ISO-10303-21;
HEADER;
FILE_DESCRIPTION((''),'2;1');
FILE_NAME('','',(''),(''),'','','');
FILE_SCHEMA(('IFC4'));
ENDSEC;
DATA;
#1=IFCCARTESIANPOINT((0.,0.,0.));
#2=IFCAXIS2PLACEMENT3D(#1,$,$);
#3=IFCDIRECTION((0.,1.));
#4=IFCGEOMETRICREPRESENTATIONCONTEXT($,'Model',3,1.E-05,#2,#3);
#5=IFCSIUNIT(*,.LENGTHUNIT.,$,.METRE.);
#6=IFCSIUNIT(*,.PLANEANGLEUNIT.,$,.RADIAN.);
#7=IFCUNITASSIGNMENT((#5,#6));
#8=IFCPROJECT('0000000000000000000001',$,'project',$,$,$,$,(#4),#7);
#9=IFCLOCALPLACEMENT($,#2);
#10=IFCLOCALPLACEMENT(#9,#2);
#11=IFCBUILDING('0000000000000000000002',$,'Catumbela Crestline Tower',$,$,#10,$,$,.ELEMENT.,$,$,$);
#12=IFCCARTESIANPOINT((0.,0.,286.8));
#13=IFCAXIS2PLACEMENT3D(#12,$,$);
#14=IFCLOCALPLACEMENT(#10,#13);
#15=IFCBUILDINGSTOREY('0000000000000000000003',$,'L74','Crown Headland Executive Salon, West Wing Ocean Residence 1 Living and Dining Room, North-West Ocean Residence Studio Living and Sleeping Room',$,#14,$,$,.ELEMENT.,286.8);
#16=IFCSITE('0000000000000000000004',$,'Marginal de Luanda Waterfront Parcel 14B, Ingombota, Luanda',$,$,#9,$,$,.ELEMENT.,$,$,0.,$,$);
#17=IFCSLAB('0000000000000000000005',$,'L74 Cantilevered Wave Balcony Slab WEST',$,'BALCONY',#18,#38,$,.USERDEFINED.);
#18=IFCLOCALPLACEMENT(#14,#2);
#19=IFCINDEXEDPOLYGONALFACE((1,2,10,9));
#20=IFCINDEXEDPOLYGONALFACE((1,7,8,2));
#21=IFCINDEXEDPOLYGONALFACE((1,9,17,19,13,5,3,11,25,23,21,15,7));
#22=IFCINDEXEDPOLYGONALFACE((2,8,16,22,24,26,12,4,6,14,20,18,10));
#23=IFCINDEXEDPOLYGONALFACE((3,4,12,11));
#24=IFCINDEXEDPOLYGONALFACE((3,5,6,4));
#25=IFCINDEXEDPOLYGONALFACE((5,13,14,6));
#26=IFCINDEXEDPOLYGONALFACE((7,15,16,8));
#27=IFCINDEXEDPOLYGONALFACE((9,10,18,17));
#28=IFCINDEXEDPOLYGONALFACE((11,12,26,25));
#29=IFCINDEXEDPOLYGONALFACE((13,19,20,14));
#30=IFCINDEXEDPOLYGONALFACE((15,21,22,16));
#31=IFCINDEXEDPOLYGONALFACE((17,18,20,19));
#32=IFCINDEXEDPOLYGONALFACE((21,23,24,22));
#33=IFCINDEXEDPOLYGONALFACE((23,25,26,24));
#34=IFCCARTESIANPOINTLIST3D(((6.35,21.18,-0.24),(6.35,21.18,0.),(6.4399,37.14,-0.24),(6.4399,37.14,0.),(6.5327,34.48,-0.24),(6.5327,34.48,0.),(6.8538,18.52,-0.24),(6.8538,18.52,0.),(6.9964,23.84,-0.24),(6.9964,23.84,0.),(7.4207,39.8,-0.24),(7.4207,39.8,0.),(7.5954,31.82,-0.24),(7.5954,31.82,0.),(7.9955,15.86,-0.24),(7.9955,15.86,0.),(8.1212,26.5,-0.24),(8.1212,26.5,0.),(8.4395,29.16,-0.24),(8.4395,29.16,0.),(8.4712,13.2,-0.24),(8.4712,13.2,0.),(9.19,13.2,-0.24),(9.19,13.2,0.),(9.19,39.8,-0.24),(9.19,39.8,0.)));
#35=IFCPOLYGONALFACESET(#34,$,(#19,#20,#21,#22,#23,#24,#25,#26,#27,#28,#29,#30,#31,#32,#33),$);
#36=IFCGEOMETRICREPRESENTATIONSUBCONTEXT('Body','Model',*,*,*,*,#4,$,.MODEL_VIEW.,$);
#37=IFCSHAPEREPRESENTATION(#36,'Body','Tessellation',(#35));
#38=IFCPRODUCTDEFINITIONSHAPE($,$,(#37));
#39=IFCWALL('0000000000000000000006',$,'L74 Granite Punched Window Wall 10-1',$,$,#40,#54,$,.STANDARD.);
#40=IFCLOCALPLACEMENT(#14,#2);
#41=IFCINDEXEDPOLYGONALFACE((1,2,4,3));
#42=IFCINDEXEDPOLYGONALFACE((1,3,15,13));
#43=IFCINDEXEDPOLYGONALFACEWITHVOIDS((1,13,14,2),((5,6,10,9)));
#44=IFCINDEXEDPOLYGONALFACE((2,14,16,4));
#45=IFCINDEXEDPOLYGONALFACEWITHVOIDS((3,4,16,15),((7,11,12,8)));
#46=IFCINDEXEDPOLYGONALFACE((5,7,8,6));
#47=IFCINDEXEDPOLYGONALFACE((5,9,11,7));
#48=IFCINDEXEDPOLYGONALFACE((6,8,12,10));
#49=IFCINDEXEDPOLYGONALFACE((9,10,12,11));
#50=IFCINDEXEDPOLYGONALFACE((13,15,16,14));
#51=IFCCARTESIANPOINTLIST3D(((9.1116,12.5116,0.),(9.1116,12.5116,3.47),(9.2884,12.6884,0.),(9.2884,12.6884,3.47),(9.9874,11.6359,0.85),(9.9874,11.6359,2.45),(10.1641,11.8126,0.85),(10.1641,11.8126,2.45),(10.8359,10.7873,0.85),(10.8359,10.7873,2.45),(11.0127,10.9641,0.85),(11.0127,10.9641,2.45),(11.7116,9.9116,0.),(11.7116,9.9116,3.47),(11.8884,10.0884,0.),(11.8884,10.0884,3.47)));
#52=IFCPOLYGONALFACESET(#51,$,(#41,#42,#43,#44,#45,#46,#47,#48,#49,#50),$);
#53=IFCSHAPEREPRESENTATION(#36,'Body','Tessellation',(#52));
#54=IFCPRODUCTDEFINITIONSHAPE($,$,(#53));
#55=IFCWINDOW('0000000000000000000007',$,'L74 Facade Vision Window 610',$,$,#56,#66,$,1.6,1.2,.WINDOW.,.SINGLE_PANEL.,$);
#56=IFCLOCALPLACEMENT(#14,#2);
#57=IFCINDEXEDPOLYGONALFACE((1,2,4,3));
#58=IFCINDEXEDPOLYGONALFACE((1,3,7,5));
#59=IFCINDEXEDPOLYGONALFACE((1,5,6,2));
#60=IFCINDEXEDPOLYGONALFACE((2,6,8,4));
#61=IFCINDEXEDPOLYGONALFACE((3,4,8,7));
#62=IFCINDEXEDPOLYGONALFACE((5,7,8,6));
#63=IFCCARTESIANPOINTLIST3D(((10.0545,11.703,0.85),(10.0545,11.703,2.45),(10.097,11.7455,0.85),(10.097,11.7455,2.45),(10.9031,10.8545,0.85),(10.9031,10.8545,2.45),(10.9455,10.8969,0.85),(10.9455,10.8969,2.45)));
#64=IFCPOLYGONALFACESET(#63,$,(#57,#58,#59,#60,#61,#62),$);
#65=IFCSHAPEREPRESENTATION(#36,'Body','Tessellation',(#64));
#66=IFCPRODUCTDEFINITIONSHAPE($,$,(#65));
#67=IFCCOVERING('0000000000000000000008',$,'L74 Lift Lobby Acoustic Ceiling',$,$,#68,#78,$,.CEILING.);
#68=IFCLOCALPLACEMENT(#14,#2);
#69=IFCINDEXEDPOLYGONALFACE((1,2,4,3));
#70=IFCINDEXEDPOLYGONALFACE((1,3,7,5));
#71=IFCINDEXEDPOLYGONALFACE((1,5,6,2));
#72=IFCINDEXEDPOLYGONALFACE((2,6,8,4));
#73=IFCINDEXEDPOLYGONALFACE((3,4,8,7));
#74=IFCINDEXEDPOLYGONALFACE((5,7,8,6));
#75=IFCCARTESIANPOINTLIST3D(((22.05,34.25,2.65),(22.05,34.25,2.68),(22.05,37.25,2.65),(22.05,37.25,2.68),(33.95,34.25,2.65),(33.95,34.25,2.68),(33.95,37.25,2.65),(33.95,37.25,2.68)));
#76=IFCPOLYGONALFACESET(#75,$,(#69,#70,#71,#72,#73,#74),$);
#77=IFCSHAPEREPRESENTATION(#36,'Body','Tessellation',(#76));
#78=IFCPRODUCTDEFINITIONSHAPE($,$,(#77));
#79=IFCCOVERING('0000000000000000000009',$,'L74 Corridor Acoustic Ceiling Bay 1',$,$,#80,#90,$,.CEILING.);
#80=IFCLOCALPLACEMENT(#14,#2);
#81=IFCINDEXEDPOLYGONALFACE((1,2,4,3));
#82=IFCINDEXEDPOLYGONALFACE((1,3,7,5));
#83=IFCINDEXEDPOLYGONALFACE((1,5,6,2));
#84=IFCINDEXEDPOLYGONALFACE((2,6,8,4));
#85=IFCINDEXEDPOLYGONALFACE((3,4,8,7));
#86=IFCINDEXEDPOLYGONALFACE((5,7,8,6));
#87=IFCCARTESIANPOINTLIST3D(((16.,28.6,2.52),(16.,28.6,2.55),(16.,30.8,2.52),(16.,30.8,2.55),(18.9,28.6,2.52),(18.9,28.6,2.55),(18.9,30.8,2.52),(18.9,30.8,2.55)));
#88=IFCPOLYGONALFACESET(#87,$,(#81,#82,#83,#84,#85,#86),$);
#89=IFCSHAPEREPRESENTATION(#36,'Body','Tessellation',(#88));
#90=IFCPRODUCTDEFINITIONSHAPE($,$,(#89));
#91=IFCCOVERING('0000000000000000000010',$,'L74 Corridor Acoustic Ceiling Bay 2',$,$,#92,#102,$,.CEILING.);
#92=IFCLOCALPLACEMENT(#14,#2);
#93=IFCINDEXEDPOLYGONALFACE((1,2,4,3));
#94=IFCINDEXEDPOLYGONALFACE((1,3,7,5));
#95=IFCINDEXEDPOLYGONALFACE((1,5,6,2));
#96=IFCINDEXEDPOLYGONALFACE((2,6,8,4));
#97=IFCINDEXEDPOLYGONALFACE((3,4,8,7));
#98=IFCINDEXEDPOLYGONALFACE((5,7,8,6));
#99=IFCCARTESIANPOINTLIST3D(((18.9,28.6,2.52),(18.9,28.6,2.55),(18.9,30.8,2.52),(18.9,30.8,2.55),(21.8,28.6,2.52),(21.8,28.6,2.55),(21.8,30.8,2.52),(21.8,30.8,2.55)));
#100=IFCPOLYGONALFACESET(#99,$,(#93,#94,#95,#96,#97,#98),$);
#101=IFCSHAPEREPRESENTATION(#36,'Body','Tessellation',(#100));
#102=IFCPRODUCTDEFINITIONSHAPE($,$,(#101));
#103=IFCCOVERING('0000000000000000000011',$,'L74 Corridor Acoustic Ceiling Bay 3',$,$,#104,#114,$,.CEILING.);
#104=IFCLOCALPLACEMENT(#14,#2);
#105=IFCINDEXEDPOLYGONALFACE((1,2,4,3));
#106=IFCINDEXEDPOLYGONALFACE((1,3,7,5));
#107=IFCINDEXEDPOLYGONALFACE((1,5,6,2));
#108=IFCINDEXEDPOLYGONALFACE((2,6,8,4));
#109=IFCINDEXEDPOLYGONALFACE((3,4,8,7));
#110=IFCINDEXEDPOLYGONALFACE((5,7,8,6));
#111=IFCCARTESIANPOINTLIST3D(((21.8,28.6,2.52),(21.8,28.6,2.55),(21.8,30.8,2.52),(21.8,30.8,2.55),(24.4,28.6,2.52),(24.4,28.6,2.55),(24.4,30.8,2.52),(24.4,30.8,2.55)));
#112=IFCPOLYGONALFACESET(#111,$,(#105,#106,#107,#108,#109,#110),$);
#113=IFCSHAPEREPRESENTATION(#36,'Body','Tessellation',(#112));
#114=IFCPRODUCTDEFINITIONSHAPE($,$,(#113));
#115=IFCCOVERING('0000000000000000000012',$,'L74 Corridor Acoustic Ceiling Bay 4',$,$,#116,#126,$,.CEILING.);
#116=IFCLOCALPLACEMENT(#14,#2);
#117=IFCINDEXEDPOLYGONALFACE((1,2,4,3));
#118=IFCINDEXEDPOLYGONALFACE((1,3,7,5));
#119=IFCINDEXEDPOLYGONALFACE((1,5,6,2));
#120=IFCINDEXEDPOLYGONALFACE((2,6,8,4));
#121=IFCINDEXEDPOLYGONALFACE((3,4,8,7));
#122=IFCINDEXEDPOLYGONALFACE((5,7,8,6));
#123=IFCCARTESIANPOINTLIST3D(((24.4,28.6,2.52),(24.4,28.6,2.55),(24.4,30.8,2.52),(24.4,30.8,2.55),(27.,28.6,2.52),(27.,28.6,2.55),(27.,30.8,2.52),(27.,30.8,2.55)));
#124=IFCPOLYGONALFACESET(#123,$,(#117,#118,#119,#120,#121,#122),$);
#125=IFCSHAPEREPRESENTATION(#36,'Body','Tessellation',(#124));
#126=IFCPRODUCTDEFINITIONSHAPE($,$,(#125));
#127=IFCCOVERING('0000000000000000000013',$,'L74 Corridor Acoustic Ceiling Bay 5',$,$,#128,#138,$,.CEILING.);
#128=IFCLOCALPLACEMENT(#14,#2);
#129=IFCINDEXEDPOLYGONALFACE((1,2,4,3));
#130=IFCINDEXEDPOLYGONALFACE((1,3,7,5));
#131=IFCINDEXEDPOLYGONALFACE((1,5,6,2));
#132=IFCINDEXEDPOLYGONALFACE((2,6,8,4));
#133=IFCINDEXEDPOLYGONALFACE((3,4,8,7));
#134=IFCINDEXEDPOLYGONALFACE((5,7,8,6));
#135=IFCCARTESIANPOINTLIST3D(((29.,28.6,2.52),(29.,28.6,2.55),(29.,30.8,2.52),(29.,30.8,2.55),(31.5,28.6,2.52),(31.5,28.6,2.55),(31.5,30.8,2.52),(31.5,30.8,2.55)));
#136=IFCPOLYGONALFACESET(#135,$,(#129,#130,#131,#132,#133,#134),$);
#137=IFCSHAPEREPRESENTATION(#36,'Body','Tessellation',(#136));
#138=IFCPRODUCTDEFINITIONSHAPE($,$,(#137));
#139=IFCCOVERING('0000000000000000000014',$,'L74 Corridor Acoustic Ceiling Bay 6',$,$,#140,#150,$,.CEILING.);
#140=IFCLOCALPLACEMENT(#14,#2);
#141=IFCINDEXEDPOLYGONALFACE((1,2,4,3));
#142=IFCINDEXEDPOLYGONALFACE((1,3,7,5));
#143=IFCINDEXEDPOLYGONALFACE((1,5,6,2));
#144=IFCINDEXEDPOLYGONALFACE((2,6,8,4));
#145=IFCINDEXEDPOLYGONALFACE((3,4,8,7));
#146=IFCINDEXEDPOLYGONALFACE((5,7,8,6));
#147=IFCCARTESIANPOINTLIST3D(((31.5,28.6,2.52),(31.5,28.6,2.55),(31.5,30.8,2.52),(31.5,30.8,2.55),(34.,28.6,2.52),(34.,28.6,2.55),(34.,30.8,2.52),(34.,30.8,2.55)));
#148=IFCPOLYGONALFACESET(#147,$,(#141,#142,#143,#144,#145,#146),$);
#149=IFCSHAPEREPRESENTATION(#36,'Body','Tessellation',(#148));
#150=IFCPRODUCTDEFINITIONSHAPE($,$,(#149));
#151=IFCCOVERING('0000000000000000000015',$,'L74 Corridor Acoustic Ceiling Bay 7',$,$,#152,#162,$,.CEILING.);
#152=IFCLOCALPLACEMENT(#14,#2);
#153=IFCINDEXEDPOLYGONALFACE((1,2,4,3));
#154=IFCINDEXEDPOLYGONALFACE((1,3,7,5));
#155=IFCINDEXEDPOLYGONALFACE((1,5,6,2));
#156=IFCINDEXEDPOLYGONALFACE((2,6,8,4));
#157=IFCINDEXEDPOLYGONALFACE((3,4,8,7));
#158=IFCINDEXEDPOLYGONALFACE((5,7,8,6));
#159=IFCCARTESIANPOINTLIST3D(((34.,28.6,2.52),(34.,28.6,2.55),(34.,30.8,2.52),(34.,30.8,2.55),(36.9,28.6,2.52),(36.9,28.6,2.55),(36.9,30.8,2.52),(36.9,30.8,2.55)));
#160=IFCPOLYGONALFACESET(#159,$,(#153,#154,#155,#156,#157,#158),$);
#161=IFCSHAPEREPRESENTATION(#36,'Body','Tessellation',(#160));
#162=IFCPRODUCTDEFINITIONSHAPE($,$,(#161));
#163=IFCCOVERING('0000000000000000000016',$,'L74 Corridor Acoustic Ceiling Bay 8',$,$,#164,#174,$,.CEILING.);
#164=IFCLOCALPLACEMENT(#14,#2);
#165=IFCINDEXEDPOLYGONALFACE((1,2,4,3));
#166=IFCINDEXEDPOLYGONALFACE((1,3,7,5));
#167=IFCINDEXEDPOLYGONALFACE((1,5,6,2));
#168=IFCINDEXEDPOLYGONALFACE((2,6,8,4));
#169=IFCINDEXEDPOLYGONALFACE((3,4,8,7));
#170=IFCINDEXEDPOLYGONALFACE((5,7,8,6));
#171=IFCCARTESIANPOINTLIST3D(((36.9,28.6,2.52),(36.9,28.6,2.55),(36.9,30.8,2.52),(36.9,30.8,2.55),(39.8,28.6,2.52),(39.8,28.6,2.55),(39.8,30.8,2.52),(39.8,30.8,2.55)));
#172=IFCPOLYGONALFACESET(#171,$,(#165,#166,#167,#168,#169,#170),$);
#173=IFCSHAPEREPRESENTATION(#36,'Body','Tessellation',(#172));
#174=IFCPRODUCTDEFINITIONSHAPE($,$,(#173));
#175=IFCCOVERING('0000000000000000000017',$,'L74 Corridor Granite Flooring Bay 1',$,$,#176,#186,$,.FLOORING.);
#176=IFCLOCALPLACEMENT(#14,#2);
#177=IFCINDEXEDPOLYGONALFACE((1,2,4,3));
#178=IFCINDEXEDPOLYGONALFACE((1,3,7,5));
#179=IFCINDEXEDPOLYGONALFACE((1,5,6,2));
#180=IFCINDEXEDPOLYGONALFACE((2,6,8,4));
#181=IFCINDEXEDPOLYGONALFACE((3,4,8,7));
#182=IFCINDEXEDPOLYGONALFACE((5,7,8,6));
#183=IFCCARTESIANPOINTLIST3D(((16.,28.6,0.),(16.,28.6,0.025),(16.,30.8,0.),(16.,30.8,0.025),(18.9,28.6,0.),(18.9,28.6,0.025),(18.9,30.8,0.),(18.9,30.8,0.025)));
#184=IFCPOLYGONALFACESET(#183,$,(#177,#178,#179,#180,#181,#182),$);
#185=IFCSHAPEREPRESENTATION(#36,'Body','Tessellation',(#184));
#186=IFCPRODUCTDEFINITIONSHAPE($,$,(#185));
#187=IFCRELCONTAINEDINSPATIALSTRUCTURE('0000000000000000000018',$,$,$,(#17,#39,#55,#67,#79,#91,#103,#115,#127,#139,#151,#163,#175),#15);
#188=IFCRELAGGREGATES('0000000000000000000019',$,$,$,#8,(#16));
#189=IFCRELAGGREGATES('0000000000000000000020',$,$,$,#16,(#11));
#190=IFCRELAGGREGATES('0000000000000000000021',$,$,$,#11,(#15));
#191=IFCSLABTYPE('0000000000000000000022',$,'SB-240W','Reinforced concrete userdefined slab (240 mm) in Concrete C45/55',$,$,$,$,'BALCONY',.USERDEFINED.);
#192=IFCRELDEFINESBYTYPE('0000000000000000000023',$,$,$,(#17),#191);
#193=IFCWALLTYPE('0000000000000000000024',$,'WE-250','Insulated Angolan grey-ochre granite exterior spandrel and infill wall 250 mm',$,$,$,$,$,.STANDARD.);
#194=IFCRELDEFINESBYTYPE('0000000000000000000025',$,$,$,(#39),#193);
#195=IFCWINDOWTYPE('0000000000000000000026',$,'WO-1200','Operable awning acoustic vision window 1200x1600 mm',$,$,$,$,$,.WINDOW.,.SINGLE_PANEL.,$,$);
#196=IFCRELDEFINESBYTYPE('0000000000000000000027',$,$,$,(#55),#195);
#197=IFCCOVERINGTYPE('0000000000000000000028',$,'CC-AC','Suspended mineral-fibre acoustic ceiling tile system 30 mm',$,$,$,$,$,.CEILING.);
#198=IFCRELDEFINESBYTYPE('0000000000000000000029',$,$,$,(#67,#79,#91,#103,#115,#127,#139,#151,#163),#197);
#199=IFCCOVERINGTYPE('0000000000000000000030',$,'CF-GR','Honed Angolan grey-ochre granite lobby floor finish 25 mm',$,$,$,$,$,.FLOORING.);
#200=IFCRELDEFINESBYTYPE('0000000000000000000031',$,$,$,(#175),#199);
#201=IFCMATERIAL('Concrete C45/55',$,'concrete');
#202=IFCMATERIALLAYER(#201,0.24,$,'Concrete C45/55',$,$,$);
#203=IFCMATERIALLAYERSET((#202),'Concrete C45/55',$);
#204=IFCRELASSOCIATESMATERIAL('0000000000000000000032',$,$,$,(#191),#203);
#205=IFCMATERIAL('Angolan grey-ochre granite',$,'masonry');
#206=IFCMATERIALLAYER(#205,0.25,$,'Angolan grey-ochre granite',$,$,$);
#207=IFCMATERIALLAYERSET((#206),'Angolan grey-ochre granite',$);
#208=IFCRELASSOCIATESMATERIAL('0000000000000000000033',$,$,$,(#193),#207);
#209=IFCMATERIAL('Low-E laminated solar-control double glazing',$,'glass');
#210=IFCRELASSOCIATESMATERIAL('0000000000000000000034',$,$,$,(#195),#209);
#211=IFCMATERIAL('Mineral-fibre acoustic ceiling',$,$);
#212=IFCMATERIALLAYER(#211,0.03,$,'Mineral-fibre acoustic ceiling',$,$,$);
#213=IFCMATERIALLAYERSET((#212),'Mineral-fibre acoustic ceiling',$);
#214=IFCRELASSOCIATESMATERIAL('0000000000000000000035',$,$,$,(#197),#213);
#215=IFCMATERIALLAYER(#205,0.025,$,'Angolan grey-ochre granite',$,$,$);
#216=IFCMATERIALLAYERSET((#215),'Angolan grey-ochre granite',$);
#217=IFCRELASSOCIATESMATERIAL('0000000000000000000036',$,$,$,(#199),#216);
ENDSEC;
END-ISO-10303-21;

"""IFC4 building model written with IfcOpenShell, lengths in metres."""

from ifc_helpers import new_model, si_unit, direction, frame, frame_2d, origin, place, context, subcontext, project, spatial, polyline, rectangle, outline, extrude, material, layer, layer_set, type_object, element, fill, save


model = new_model("IFC4")

# Units and contexts
model_context = context("Model", 3, precision=1e-05, world=origin(), true_north=direction((0.0, 1.0)))
body_context = subcontext(model_context, "Body", "Model", "MODEL_VIEW")
ifc_project = project(units=[si_unit("LENGTHUNIT", "METRE"), si_unit("PLANEANGLEUNIT", "RADIAN")], contexts=[model_context])

# Site, building, storey
site_placement = place(None, origin())
site = spatial("IfcSite", under=ifc_project, at=site_placement, Name="Marginal de Luanda Waterfront Parcel 14B, Ingombota, Luanda", CompositionType="ELEMENT", RefElevation=0.0)
building_placement = place(site_placement, origin())
building = spatial("IfcBuilding", under=site, at=building_placement, Name="Catumbela Crestline Tower", CompositionType="ELEMENT")
storey_placement = place(building_placement, frame((0.0, 0.0, 286.8)))
storey = spatial("IfcBuildingStorey", under=building, at=storey_placement, Name="L74", Description="Crown Headland Executive Salon, West Wing Ocean Residence 1 Living and Dining Room, North-West Ocean Residence Studio Living and Sleeping Room", CompositionType="ELEMENT", Elevation=286.8)

# Shared definitions
ifc_material_1 = material(Name="Low-E laminated solar-control double glazing", Category="glass")

# Shared definitions
ifc_material_2 = material(Name="Concrete C45/55", Category="concrete")

# Slab
ifc_layer_1 = layer(ifc_material_2, 0.24, Name="Concrete C45/55")
ifc_layer_set_1 = layer_set([ifc_layer_1], Name="Concrete C45/55")
slab_type_1 = type_object("IfcSlabType", Name="SB-240W", Description="Reinforced concrete userdefined slab (240 mm) in Concrete C45/55", ElementType="BALCONY", PredefinedType="USERDEFINED", material=ifc_layer_set_1)
slab_1_placement = place(storey_placement, frame((0.0, 0.0, -0.24)))
element("IfcSlab", 1, at=slab_1_placement, inside=storey, type_object=slab_type_1, Name="L74 Cantilevered Wave Balcony Slab WEST", ObjectType="BALCONY", PredefinedType="USERDEFINED", context=body_context, shape_type="SweptSolid", body=[
    extrude(outline(polyline([(9.19, 39.8), (7.4207, 39.8), (6.4399, 37.14), (6.5327, 34.48), (7.5954, 31.82), (8.4395, 29.16), (8.1212, 26.5), (6.9964, 23.84), (6.35, 21.18), (6.8538, 18.52), (7.9955, 15.86), (8.4712, 13.2), (9.19, 13.2), (9.19, 39.8)])), origin(), (0.0, 0.0, 1.0), 0.24),
])

# Wall, opening, window
ifc_material_3 = material(Name="Angolan grey-ochre granite", Category="masonry")
ifc_layer_2 = layer(ifc_material_3, 0.25, Name="Angolan grey-ochre granite")
ifc_layer_set_2 = layer_set([ifc_layer_2], Name="Angolan grey-ochre granite")
wall_type = type_object("IfcWallType", Name="WE-250", Description="Insulated Angolan grey-ochre granite exterior spandrel and infill wall 250 mm", PredefinedType="STANDARD", material=ifc_layer_set_2)
wall_placement = place(storey_placement, frame((9.2, 12.6, 0.0), z_axis=(0.0, 0.0, 1.0), x_axis=(0.707107, -0.707107, 0.0)))
wall = element("IfcWall", 2, at=wall_placement, inside=storey, type_object=wall_type, Name="L74 Granite Punched Window Wall 10-1", PredefinedType="STANDARD", context=body_context, shape_type="SweptSolid", body=[
    extrude(rectangle(XDim=3.677, YDim=0.25, at=frame_2d((1.8385, 0.0))), origin(), (0.0, 0.0, 1.0), 3.47),
])
opening_placement = place(wall_placement, frame((1.2385, 0.0, 0.85)))
opening = element("IfcOpeningElement", 3, at=opening_placement, cuts=wall, PredefinedType="OPENING", context=body_context, shape_type="SweptSolid", body=[
    extrude(rectangle(XDim=1.2, YDim=1.6, at=frame_2d((0.6, 0.8))), frame((0.0, 0.135, 0.0), z_axis=(0.0, -1.0, 0.0), x_axis=(1.0, 0.0, 0.0)), (0.0, 0.0, 1.0), 0.27),
])
window_type = type_object("IfcWindowType", Name="WO-1200", Description="Operable awning acoustic vision window 1200x1600 mm", PartitioningType="SINGLE_PANEL", PredefinedType="WINDOW", material=ifc_material_1)
window_placement = place(opening_placement, origin())
window = element("IfcWindow", 4, at=window_placement, inside=storey, type_object=window_type, Name="L74 Facade Vision Window 610", OverallHeight=1.6, OverallWidth=1.2, PartitioningType="SINGLE_PANEL", PredefinedType="WINDOW", context=body_context, shape_type="SweptSolid", body=[
    extrude(rectangle(XDim=1.2, YDim=1.6, at=frame_2d((0.6, 0.8))), frame((0.0, 0.03, 0.0), z_axis=(0.0, -1.0, 0.0), x_axis=(1.0, 0.0, 0.0)), (0.0, 0.0, 1.0), 0.06),
])
fill(opening, window)

# Coverings
ifc_material_4 = material(Name="Mineral-fibre acoustic ceiling")
ifc_layer_3 = layer(ifc_material_4, 0.03, Name="Mineral-fibre acoustic ceiling")
ifc_layer_set_3 = layer_set([ifc_layer_3], Name="Mineral-fibre acoustic ceiling")
covering_type_1 = type_object("IfcCoveringType", Name="CC-AC", Description="Suspended mineral-fibre acoustic ceiling tile system 30 mm", PredefinedType="CEILING", material=ifc_layer_set_3)
covering_1_placement = place(storey_placement, frame((0.0, 0.0, 2.65)))
element("IfcCovering", 5, at=covering_1_placement, inside=storey, type_object=covering_type_1, Name="L74 Lift Lobby Acoustic Ceiling", PredefinedType="CEILING", context=body_context, shape_type="SweptSolid", body=[
    extrude(outline(polyline([(22.05, 34.25), (33.95, 34.25), (33.95, 37.25), (22.05, 37.25), (22.05, 34.25)])), origin(), (0.0, 0.0, 1.0), 0.03),
])
covering_2_placement = place(storey_placement, frame((0.0, 0.0, 2.52)))
element("IfcCovering", 6, at=covering_2_placement, inside=storey, type_object=covering_type_1, Name="L74 Corridor Acoustic Ceiling Bay 1", PredefinedType="CEILING", context=body_context, shape_type="SweptSolid", body=[
    extrude(outline(polyline([(16.0, 28.6), (18.9, 28.6), (18.9, 30.8), (16.0, 30.8), (16.0, 28.6)])), origin(), (0.0, 0.0, 1.0), 0.03),
])
covering_3_placement = place(storey_placement, frame((0.0, 0.0, 2.52)))
element("IfcCovering", 7, at=covering_3_placement, inside=storey, type_object=covering_type_1, Name="L74 Corridor Acoustic Ceiling Bay 2", PredefinedType="CEILING", context=body_context, shape_type="SweptSolid", body=[
    extrude(outline(polyline([(18.9, 28.6), (21.8, 28.6), (21.8, 30.8), (18.9, 30.8), (18.9, 28.6)])), origin(), (0.0, 0.0, 1.0), 0.03),
])
covering_4_placement = place(storey_placement, frame((0.0, 0.0, 2.52)))
element("IfcCovering", 8, at=covering_4_placement, inside=storey, type_object=covering_type_1, Name="L74 Corridor Acoustic Ceiling Bay 3", PredefinedType="CEILING", context=body_context, shape_type="SweptSolid", body=[
    extrude(outline(polyline([(21.8, 28.6), (24.4, 28.6), (24.4, 30.8), (21.8, 30.8), (21.8, 28.6)])), origin(), (0.0, 0.0, 1.0), 0.03),
])
covering_5_placement = place(storey_placement, frame((0.0, 0.0, 2.52)))
element("IfcCovering", 9, at=covering_5_placement, inside=storey, type_object=covering_type_1, Name="L74 Corridor Acoustic Ceiling Bay 4", PredefinedType="CEILING", context=body_context, shape_type="SweptSolid", body=[
    extrude(outline(polyline([(24.4, 28.6), (27.0, 28.6), (27.0, 30.8), (24.4, 30.8), (24.4, 28.6)])), origin(), (0.0, 0.0, 1.0), 0.03),
])
covering_6_placement = place(storey_placement, frame((0.0, 0.0, 2.52)))
element("IfcCovering", 10, at=covering_6_placement, inside=storey, type_object=covering_type_1, Name="L74 Corridor Acoustic Ceiling Bay 5", PredefinedType="CEILING", context=body_context, shape_type="SweptSolid", body=[
    extrude(outline(polyline([(29.0, 28.6), (31.5, 28.6), (31.5, 30.8), (29.0, 30.8), (29.0, 28.6)])), origin(), (0.0, 0.0, 1.0), 0.03),
])
covering_7_placement = place(storey_placement, frame((0.0, 0.0, 2.52)))
element("IfcCovering", 11, at=covering_7_placement, inside=storey, type_object=covering_type_1, Name="L74 Corridor Acoustic Ceiling Bay 6", PredefinedType="CEILING", context=body_context, shape_type="SweptSolid", body=[
    extrude(outline(polyline([(31.5, 28.6), (34.0, 28.6), (34.0, 30.8), (31.5, 30.8), (31.5, 28.6)])), origin(), (0.0, 0.0, 1.0), 0.03),
])
covering_8_placement = place(storey_placement, frame((0.0, 0.0, 2.52)))
element("IfcCovering", 12, at=covering_8_placement, inside=storey, type_object=covering_type_1, Name="L74 Corridor Acoustic Ceiling Bay 7", PredefinedType="CEILING", context=body_context, shape_type="SweptSolid", body=[
    extrude(outline(polyline([(34.0, 28.6), (36.9, 28.6), (36.9, 30.8), (34.0, 30.8), (34.0, 28.6)])), origin(), (0.0, 0.0, 1.0), 0.03),
])
covering_9_placement = place(storey_placement, frame((0.0, 0.0, 2.52)))
element("IfcCovering", 13, at=covering_9_placement, inside=storey, type_object=covering_type_1, Name="L74 Corridor Acoustic Ceiling Bay 8", PredefinedType="CEILING", context=body_context, shape_type="SweptSolid", body=[
    extrude(outline(polyline([(36.9, 28.6), (39.8, 28.6), (39.8, 30.8), (36.9, 30.8), (36.9, 28.6)])), origin(), (0.0, 0.0, 1.0), 0.03),
])
ifc_layer_4 = layer(ifc_material_3, 0.025, Name="Angolan grey-ochre granite")
ifc_layer_set_4 = layer_set([ifc_layer_4], Name="Angolan grey-ochre granite")
covering_type_2 = type_object("IfcCoveringType", Name="CF-GR", Description="Honed Angolan grey-ochre granite lobby floor finish 25 mm", PredefinedType="FLOORING", material=ifc_layer_set_4)
covering_10_placement = place(storey_placement, origin())
element("IfcCovering", 14, at=covering_10_placement, inside=storey, type_object=covering_type_2, Name="L74 Corridor Granite Flooring Bay 1", PredefinedType="FLOORING", context=body_context, shape_type="SweptSolid", body=[
    extrude(outline(polyline([(16.0, 28.6), (18.9, 28.6), (18.9, 30.8), (16.0, 30.8), (16.0, 28.6)])), origin(), (0.0, 0.0, 1.0), 0.025),
])

save(model, "model.ifc")
